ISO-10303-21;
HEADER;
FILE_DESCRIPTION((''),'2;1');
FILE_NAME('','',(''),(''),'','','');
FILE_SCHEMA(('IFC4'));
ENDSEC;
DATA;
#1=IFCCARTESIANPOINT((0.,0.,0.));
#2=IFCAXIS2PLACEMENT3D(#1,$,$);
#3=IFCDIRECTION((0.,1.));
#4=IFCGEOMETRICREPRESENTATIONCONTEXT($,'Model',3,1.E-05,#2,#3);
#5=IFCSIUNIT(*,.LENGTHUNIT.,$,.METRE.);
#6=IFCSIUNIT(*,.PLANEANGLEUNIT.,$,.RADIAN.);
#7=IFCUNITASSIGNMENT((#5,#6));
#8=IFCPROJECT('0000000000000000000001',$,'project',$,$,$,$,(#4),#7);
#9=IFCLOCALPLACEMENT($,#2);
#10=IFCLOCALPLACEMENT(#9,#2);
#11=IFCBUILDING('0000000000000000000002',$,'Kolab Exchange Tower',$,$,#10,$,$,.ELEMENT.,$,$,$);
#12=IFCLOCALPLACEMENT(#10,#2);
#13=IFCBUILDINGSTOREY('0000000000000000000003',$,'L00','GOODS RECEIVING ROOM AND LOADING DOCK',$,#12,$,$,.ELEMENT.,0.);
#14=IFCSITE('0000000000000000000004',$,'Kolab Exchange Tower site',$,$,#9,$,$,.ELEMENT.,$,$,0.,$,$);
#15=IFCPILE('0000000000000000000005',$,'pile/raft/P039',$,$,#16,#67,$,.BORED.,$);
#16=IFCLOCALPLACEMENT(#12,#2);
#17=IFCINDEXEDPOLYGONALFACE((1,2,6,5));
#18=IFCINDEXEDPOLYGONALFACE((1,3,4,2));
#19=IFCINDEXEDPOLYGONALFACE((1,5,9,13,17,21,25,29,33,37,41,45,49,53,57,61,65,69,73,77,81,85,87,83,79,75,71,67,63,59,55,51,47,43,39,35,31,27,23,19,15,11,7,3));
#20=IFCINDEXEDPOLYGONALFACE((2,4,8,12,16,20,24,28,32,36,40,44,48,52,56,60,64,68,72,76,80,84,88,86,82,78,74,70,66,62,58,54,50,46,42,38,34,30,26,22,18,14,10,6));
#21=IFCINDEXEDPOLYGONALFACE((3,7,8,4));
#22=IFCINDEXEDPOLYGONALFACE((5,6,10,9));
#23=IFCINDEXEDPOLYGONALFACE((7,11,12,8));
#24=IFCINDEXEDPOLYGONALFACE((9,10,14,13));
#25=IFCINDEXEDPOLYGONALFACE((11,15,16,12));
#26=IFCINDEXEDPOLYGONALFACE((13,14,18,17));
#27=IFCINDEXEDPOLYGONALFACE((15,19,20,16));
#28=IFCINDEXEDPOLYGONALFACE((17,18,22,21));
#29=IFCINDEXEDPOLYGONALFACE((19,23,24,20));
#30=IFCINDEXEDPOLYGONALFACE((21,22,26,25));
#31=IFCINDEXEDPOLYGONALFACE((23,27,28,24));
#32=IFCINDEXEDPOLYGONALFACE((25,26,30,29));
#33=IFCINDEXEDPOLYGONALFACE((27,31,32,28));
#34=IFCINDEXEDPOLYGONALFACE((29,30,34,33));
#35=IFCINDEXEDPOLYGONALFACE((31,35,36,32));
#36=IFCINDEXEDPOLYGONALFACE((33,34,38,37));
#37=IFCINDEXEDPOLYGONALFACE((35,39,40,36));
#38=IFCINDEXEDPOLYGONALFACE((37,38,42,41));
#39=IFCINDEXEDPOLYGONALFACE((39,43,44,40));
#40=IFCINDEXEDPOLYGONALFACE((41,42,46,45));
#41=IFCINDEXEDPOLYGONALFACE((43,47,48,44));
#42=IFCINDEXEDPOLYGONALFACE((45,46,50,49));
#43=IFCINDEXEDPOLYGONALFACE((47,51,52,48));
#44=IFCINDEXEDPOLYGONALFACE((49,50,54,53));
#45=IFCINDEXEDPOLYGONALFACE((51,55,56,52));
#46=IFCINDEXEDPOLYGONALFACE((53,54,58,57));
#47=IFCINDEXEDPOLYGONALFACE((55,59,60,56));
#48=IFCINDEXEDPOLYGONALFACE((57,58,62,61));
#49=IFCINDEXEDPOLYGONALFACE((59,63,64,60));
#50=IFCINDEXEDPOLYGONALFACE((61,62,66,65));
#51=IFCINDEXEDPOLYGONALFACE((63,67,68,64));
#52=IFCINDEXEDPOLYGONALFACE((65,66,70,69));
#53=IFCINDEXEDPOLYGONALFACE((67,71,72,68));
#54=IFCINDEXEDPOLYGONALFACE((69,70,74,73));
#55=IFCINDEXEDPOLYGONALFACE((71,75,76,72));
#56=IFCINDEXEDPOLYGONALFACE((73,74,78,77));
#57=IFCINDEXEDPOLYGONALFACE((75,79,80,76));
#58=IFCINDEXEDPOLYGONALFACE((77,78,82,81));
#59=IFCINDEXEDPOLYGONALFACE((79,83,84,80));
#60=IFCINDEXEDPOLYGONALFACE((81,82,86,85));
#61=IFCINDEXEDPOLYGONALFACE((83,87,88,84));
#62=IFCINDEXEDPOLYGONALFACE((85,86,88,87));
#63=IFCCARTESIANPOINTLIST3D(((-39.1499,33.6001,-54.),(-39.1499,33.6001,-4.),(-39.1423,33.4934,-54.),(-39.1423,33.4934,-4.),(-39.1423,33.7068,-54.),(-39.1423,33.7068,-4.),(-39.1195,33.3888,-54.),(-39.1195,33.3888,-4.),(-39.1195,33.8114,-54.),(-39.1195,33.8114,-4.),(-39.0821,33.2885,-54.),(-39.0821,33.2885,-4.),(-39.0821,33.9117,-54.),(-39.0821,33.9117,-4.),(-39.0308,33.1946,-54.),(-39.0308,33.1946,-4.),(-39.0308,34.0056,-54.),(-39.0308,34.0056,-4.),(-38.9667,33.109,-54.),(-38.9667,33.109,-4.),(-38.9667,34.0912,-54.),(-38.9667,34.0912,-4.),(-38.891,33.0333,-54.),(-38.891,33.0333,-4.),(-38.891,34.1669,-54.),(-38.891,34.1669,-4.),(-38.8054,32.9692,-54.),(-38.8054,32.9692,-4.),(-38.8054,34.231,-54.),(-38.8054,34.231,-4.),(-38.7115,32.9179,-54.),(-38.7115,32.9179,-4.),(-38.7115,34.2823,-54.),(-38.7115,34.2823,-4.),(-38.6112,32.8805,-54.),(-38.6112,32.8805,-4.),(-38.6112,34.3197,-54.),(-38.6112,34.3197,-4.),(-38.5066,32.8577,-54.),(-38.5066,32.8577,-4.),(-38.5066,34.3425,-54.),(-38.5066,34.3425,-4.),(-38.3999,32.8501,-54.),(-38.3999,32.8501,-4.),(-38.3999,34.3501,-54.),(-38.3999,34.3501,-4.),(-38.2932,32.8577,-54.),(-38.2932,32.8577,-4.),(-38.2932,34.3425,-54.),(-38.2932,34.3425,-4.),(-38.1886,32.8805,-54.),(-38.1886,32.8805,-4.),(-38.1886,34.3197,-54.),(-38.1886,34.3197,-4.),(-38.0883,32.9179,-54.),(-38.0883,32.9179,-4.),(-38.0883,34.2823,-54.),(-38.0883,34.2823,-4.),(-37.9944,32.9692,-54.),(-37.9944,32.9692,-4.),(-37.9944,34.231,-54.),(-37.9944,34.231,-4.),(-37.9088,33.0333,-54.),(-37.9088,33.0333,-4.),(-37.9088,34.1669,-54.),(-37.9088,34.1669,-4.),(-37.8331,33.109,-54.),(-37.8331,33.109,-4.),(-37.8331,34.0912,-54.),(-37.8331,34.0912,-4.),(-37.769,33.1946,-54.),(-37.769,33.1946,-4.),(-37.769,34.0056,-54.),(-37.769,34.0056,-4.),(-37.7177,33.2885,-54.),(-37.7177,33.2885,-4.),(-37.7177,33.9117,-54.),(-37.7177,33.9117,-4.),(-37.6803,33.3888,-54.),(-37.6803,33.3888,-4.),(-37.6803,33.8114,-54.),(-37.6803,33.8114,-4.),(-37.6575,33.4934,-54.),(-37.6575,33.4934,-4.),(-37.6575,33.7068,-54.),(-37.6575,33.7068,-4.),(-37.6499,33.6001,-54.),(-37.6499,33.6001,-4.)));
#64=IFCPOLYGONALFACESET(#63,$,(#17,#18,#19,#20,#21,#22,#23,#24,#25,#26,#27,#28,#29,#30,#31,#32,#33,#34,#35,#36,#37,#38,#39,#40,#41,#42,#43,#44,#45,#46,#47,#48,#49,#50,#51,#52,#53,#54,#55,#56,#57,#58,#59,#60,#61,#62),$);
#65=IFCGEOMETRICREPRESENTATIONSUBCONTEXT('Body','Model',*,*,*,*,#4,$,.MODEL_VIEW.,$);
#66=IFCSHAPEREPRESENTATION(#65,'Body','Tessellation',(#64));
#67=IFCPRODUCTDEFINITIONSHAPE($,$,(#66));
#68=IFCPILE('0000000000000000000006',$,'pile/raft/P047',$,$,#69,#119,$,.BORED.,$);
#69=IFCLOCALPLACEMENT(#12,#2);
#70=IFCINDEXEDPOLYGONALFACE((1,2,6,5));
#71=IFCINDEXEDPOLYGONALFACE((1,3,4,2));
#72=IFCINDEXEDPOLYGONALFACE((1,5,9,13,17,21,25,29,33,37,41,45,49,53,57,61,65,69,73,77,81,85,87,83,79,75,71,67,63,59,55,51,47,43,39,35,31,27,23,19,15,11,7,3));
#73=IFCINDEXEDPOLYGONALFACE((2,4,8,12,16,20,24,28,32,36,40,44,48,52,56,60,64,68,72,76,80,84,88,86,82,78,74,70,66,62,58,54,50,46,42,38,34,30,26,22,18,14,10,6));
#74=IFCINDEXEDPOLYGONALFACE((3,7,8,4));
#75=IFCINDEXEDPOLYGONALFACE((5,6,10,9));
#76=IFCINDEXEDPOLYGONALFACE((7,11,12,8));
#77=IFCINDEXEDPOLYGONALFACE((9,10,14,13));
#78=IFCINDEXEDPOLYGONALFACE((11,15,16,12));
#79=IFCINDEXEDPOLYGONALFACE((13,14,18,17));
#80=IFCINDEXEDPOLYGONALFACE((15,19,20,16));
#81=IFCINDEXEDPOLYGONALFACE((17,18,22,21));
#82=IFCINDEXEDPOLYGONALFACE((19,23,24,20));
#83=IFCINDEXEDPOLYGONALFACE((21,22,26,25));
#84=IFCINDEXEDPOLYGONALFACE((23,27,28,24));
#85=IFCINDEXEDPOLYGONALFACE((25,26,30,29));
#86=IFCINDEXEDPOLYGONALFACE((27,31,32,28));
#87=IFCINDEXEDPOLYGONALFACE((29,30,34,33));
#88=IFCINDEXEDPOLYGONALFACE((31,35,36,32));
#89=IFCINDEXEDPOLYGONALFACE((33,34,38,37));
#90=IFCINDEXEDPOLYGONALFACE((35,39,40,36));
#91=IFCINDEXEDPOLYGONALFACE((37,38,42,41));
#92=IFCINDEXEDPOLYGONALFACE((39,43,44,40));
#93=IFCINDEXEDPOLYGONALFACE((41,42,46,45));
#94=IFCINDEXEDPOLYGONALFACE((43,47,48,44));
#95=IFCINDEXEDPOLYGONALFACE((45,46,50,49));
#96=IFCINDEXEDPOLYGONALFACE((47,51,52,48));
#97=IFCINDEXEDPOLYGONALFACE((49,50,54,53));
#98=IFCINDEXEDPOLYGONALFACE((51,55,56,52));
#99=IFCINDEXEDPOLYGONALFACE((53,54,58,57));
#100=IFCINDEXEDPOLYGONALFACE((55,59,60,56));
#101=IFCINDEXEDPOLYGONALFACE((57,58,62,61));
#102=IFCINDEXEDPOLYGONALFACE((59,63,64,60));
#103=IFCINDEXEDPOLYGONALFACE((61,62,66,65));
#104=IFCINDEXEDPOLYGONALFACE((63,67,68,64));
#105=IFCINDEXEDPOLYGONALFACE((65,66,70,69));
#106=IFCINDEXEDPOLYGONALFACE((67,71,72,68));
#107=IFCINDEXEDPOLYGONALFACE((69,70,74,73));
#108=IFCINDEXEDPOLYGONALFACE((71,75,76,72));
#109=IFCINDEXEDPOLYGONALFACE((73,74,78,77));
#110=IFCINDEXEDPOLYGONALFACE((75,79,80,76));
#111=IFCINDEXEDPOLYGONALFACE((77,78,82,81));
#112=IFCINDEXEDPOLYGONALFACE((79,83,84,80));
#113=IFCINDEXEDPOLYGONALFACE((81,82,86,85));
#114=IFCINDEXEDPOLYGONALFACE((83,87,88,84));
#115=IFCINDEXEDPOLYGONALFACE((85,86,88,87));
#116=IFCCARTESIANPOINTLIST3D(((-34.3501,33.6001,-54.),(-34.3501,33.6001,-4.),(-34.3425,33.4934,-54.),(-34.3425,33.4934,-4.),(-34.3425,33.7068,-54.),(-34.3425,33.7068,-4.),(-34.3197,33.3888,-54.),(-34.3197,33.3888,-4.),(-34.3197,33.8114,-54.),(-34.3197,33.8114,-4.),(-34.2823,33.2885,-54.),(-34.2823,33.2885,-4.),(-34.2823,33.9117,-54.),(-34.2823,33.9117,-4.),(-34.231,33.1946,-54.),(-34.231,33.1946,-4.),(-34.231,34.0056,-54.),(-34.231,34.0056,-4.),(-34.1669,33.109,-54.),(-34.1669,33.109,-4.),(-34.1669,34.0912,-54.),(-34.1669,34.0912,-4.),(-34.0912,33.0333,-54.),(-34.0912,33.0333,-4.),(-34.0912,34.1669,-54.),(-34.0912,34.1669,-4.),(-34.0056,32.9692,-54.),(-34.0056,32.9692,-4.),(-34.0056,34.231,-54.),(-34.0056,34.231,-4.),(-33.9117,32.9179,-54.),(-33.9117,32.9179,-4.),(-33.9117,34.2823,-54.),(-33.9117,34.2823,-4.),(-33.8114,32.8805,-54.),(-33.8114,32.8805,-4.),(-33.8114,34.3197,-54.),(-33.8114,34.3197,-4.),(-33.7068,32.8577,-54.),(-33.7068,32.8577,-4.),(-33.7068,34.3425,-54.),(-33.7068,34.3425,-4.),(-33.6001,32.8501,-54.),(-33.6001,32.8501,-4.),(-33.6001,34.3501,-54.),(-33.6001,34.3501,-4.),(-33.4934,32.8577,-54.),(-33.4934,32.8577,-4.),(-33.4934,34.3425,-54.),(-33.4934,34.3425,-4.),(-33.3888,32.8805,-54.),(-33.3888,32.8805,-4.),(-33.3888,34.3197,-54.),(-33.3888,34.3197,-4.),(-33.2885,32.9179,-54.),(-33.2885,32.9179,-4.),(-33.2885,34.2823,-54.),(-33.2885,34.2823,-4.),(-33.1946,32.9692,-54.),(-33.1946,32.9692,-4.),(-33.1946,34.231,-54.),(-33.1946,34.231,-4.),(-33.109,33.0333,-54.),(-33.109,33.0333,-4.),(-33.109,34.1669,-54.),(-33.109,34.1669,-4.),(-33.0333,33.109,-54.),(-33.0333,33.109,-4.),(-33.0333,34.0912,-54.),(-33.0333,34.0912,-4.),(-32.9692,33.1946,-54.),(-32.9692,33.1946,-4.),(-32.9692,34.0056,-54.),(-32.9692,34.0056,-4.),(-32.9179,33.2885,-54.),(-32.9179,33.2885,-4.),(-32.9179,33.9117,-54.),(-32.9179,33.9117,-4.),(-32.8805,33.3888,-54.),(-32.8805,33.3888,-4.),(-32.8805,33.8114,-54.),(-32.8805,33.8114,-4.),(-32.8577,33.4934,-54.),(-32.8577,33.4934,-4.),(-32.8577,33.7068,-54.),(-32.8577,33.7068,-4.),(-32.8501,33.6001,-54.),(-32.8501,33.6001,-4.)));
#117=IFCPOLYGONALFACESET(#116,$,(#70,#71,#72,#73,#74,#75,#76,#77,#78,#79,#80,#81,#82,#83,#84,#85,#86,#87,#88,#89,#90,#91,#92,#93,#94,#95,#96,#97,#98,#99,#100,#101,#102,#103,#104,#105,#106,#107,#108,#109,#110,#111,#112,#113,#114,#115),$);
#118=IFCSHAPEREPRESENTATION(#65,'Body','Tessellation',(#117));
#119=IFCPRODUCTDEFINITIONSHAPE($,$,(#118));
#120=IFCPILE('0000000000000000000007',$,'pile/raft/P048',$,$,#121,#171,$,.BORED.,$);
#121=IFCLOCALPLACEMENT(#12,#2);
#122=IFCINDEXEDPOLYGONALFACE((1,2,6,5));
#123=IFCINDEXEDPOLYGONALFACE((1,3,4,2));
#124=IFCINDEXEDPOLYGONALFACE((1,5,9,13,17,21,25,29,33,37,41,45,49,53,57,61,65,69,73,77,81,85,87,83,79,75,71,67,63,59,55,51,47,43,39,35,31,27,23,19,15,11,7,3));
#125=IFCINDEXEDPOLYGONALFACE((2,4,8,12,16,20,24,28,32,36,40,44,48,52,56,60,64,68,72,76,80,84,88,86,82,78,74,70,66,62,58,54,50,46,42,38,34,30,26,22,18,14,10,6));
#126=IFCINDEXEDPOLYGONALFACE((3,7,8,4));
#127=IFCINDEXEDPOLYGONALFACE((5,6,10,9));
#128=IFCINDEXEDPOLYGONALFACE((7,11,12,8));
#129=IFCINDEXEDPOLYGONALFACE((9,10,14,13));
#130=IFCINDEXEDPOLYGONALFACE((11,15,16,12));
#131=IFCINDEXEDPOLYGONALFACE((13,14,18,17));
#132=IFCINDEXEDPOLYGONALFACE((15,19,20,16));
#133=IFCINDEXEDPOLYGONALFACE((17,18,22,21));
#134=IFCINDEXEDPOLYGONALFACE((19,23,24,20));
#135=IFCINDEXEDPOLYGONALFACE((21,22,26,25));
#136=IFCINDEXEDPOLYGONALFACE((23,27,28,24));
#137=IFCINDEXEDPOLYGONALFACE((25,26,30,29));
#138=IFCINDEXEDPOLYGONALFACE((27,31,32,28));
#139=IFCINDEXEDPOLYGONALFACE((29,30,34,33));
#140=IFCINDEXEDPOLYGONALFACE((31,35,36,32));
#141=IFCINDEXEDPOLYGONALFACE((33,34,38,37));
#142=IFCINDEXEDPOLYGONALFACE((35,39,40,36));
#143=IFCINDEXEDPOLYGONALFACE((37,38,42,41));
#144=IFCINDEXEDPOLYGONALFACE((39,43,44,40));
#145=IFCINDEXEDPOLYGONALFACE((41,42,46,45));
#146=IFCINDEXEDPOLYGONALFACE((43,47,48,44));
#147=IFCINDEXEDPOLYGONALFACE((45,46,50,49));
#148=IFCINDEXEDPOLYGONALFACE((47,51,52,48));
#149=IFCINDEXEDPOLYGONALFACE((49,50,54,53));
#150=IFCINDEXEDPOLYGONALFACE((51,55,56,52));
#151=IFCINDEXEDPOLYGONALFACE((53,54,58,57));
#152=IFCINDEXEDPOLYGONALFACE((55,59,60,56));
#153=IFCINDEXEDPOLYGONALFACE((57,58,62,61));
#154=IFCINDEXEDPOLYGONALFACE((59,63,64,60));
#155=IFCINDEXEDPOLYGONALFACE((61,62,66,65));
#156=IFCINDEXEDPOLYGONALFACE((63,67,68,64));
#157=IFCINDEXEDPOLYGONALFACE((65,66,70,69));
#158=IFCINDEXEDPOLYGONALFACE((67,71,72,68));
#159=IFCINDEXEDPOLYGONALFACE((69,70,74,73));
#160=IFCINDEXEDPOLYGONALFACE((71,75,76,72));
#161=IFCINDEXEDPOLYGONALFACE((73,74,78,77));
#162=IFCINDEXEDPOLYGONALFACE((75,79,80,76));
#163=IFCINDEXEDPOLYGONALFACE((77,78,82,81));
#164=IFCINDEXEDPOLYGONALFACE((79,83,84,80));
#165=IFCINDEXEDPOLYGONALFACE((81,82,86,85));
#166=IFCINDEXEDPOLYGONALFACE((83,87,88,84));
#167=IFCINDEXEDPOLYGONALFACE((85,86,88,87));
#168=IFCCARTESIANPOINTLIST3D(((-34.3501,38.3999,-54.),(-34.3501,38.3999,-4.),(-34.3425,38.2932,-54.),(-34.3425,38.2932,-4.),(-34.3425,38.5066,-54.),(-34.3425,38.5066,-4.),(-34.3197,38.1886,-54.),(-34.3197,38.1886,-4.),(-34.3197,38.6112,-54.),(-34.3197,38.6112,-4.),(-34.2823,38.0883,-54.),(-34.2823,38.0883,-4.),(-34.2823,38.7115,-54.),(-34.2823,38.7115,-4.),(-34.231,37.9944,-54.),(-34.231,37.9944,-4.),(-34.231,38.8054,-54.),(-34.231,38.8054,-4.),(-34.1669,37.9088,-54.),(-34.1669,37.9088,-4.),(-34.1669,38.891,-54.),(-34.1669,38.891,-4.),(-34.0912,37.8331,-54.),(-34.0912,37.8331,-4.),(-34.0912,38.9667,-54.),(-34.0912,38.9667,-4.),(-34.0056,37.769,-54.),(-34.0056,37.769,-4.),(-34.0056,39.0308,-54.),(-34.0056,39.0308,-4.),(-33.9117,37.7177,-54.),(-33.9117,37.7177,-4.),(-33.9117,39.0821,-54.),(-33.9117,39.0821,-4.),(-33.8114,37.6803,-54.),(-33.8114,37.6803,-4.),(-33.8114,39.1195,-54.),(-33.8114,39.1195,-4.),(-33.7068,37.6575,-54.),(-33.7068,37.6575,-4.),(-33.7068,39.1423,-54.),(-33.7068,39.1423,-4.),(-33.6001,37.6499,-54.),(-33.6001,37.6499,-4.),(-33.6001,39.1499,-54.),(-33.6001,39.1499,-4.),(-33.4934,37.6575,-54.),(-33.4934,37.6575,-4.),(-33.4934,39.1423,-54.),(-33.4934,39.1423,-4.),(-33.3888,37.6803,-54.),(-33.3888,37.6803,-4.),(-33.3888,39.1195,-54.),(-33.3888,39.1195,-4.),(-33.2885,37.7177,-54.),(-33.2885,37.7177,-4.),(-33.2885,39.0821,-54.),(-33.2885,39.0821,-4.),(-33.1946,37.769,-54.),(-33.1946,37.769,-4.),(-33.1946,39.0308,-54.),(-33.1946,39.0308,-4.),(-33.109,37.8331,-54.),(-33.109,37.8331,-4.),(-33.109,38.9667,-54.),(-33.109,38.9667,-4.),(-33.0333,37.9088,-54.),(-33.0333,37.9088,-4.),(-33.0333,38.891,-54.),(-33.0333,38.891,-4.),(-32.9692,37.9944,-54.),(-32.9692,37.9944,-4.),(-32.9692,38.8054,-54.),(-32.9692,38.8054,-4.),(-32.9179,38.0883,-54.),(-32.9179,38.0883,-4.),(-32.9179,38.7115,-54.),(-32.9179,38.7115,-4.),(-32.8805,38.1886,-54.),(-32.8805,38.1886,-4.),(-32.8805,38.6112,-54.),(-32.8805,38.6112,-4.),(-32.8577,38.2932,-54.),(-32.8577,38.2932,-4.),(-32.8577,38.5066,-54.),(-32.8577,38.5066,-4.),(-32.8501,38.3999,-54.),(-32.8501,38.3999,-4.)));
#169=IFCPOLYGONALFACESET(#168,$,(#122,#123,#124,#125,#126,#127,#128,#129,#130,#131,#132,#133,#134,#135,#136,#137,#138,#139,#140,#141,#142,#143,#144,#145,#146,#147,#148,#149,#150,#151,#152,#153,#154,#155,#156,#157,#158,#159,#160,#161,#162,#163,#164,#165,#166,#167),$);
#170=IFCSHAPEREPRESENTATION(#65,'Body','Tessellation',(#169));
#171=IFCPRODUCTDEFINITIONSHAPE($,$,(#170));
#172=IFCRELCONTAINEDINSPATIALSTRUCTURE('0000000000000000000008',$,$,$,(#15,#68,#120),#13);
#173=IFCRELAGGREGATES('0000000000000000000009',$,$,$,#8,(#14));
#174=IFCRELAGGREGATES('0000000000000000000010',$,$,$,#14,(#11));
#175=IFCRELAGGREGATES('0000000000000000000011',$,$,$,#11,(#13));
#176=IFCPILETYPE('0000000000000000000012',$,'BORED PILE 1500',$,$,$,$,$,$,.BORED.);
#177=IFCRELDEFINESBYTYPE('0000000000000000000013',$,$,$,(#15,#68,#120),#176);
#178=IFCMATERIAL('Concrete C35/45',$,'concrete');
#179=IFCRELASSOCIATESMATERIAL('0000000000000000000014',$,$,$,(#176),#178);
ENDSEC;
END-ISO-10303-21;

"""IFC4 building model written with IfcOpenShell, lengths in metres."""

from ifc_helpers import new_model, si_unit, direction, frame, origin, origin_2d, place, context, subcontext, project, spatial, circle, extrude, material, material_profile, profile_set, type_object, element, save


model = new_model("IFC4")

# Units and contexts
model_context = context("Model", 3, precision=1e-05, world=origin(), true_north=direction((0.0, 1.0)))
body_context = subcontext(model_context, "Body", "Model", "MODEL_VIEW")
ifc_project = project(units=[si_unit("LENGTHUNIT", "METRE"), si_unit("PLANEANGLEUNIT", "RADIAN")], contexts=[model_context])

# Site, building, storey
site_placement = place(None, origin())
site = spatial("IfcSite", under=ifc_project, at=site_placement, Name="Kolab Exchange Tower site", CompositionType="ELEMENT", RefElevation=0.0)
building_placement = place(site_placement, origin())
building = spatial("IfcBuilding", under=site, at=building_placement, Name="Kolab Exchange Tower", CompositionType="ELEMENT")
storey_placement = place(building_placement, origin())
storey = spatial("IfcBuildingStorey", under=building, at=storey_placement, Name="L00", Description="GOODS RECEIVING ROOM AND LOADING DOCK", CompositionType="ELEMENT", Elevation=0.0)

# Piles
ifc_material_1 = material(Name="Concrete C35/45", Category="concrete")
ifc_material_profile_1 = material_profile(ifc_material_1, circle(Radius=0.75, at=origin_2d()), Name="BP1500")
ifc_profile_set_1 = profile_set([ifc_material_profile_1], Name="Concrete C35/45")
pile_type = type_object("IfcPileType", Name="BORED PILE 1500", PredefinedType="BORED", material=ifc_profile_set_1)
for number, where, z_axis, x_axis, name in (
    (1, (-38.3999, 33.6001, -4.0), (0.0, 0.0, -1.0), (1.0, 0.0, 0.0), "pile/raft/P039"),
    (2, (-33.6001, 33.6001, -4.0), (0.0, 0.0, -1.0), (1.0, 0.0, 0.0), "pile/raft/P047"),
    (3, (-33.6001, 38.3999, -4.0), (0.0, 0.0, -1.0), (1.0, 0.0, 0.0), "pile/raft/P048"),
):
    element("IfcPile", number, at=place(storey_placement, frame(where, z_axis=z_axis, x_axis=x_axis)), inside=storey, type_object=pile_type, Name=name, PredefinedType="BORED", context=body_context, shape_type="SweptSolid", body=[
        extrude(circle(Radius=0.75, at=origin_2d()), origin(), (0.0, 0.0, 1.0), 50.0),
    ])

save(model, "model.ifc")
